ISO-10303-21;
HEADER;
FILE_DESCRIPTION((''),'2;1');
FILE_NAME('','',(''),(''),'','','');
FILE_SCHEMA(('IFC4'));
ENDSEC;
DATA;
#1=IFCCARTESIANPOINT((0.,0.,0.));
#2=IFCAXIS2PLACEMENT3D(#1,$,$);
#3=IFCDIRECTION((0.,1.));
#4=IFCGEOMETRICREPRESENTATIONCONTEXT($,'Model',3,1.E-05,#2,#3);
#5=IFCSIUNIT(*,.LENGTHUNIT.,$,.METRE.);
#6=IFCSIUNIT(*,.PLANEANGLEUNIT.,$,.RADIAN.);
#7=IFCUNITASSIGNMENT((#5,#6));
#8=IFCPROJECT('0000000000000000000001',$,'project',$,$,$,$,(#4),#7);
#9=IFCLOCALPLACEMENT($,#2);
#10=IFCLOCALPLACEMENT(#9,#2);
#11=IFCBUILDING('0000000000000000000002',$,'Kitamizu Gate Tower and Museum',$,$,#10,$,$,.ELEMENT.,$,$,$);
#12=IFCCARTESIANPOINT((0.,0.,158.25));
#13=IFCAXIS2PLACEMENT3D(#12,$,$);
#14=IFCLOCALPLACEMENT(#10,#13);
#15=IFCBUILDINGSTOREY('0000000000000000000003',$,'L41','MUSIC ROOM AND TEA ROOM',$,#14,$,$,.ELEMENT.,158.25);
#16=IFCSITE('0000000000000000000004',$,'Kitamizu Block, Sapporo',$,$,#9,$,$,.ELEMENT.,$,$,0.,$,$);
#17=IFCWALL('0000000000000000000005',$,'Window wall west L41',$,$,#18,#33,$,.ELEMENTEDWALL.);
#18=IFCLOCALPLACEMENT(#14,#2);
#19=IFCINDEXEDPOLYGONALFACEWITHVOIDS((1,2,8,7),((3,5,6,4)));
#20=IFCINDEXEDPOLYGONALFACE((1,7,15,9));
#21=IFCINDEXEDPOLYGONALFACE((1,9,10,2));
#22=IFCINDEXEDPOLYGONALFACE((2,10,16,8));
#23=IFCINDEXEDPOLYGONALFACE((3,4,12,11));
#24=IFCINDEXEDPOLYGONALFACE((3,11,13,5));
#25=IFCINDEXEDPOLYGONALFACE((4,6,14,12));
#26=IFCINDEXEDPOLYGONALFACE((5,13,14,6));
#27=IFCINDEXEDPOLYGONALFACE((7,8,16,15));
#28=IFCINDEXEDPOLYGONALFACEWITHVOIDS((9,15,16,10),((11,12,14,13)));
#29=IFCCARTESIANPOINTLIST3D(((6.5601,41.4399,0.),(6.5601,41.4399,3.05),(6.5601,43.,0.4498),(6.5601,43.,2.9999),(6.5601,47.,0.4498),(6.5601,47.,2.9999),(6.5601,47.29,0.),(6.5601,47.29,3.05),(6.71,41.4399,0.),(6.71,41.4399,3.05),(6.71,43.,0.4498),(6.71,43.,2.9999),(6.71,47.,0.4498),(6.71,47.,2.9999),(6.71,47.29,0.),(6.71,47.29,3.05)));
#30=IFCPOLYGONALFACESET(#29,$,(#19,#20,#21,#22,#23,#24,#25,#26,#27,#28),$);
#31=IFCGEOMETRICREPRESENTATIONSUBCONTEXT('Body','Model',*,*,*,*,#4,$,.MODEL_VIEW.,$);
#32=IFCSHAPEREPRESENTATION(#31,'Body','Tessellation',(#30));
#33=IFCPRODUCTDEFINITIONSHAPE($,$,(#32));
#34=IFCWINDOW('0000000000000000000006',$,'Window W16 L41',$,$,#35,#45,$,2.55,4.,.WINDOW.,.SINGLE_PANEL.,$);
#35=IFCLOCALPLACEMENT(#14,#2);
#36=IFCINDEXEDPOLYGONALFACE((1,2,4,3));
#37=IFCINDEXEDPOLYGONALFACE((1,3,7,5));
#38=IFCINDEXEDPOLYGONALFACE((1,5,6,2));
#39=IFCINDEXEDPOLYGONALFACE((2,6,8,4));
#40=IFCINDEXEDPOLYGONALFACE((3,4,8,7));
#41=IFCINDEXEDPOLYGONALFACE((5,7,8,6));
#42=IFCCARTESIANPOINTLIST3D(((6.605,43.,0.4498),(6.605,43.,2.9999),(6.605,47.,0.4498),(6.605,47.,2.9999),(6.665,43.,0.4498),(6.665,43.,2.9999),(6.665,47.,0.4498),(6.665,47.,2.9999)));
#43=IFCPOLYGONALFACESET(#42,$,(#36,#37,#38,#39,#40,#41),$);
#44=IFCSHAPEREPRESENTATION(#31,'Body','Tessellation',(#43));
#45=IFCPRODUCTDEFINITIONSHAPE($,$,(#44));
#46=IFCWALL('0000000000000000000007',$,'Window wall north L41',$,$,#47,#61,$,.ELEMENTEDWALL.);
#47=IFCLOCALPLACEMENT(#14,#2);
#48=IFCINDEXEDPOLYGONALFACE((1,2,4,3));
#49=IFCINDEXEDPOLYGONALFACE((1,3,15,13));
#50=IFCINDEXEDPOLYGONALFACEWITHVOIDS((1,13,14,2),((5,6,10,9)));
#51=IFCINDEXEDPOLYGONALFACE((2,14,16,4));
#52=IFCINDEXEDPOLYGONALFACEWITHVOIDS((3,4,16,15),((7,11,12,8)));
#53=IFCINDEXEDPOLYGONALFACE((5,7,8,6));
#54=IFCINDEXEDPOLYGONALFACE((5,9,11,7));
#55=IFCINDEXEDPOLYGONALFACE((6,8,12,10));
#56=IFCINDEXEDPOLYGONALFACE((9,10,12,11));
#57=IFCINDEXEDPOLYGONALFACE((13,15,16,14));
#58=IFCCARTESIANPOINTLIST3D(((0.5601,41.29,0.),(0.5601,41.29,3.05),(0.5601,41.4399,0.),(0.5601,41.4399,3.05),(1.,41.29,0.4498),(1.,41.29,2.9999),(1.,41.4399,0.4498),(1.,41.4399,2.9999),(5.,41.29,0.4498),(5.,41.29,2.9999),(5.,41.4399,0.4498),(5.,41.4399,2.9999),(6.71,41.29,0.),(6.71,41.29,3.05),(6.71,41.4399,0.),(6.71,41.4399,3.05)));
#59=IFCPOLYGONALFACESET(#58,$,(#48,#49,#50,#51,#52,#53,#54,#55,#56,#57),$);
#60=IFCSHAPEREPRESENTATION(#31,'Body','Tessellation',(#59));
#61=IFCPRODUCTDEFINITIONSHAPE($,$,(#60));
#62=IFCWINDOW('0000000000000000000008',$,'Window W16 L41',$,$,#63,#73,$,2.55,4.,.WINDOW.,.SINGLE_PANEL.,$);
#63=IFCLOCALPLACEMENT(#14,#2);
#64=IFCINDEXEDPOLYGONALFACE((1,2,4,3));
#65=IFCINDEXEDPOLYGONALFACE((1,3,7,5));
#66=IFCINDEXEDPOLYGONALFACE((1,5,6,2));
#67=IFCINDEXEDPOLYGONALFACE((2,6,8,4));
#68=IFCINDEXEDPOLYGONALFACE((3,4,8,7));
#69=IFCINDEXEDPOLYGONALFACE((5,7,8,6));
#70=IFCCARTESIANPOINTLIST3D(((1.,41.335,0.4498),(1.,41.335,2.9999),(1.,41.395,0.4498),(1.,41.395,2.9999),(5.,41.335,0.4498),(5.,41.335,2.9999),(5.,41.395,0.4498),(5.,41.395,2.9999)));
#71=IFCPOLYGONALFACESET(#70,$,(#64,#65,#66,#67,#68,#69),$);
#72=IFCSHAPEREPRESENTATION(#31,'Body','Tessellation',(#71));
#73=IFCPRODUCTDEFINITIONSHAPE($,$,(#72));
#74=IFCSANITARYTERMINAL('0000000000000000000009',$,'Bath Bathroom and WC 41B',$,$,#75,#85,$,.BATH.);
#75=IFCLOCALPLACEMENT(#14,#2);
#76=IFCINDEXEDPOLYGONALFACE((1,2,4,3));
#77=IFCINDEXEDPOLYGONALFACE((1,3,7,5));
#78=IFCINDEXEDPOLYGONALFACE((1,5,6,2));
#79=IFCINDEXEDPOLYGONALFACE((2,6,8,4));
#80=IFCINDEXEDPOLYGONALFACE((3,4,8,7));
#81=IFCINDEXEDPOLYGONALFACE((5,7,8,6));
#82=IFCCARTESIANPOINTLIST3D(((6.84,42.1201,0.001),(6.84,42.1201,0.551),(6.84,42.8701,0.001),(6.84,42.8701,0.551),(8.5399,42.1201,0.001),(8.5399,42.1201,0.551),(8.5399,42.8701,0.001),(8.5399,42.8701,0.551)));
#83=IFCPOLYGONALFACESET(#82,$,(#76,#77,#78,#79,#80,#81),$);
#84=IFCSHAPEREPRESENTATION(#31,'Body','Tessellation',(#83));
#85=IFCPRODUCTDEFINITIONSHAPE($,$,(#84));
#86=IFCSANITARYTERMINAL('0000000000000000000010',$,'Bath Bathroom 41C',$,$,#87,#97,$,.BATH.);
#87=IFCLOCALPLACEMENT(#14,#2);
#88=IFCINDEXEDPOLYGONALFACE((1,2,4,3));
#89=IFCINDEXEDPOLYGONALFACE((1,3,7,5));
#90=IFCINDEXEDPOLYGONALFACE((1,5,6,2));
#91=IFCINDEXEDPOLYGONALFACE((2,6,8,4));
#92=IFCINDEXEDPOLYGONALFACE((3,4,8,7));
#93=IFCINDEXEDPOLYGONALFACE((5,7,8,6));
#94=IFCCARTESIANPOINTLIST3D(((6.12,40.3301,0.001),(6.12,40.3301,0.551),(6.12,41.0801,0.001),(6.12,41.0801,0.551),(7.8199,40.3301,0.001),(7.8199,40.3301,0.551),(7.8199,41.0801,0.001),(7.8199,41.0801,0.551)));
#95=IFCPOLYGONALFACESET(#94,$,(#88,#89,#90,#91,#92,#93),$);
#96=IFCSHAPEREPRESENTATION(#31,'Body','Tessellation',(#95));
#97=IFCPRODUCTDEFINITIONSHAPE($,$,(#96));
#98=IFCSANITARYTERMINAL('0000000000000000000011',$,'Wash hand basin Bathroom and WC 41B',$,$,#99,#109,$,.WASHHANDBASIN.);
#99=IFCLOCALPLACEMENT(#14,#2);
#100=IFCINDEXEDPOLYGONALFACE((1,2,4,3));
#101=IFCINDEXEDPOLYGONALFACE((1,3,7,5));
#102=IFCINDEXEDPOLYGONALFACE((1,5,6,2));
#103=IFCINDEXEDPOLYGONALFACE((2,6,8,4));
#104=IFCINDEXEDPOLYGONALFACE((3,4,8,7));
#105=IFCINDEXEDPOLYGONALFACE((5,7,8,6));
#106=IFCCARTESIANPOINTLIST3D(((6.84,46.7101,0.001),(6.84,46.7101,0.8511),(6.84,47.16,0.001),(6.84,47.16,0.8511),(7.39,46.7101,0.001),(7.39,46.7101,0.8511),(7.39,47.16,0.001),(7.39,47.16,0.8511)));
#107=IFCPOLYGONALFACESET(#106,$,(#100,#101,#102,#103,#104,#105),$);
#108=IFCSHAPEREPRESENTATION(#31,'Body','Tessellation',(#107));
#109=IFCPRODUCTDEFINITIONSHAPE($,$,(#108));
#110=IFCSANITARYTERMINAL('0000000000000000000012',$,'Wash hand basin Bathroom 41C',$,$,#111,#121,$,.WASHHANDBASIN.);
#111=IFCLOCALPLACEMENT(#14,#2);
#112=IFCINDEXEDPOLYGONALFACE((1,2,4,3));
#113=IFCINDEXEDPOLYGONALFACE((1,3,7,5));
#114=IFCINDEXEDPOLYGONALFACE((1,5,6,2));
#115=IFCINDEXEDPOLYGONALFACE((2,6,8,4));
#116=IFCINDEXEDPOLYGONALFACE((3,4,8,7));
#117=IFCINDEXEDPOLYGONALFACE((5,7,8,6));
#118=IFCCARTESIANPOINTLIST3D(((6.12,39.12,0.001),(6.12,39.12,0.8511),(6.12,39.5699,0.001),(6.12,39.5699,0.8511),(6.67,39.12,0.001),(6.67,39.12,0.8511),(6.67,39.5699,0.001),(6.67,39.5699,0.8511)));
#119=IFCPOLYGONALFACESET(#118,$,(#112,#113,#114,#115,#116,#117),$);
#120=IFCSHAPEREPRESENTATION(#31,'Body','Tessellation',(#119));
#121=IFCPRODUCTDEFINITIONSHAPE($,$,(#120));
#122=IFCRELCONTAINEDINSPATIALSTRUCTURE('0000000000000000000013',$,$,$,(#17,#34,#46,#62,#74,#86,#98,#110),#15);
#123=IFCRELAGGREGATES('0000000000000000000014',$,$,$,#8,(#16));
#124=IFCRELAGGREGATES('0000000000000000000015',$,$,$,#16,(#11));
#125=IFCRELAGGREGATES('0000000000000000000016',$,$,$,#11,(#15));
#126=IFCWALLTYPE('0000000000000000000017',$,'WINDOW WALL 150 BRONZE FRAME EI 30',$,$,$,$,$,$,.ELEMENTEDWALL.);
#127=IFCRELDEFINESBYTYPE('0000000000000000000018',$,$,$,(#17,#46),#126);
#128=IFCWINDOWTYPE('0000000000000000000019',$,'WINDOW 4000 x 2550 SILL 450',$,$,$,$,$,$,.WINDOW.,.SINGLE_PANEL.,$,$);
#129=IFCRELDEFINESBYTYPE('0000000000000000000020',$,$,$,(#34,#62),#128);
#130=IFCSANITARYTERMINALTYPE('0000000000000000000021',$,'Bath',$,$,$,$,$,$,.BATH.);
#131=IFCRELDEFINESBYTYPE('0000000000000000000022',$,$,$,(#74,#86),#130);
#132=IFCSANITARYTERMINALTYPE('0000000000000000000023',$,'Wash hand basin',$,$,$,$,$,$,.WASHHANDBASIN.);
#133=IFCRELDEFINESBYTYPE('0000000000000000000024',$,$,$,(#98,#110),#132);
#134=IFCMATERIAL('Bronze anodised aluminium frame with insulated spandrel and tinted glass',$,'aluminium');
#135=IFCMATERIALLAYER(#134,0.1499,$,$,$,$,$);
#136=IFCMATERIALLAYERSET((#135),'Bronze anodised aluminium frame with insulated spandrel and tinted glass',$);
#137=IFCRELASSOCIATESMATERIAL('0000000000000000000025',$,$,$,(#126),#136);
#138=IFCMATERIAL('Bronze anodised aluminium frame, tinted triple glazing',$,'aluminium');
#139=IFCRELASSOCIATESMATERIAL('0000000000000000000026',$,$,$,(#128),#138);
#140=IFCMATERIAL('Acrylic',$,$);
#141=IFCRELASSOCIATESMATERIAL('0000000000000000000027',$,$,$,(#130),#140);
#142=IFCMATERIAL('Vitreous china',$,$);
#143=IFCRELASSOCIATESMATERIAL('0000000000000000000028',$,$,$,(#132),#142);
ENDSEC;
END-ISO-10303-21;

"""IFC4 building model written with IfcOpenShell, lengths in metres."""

from ifc_helpers import new_model, si_unit, direction, frame, frame_2d, origin, origin_2d, place, context, subcontext, project, spatial, rectangle, extrude, material, layer, layer_set, type_object, element, fill, save


model = new_model("IFC4")

# Units and contexts
model_context = context("Model", 3, precision=1e-05, world=origin(), true_north=direction((0.0, 1.0)))
body_context = subcontext(model_context, "Body", "Model", "MODEL_VIEW")
ifc_project = project(units=[si_unit("LENGTHUNIT", "METRE"), si_unit("PLANEANGLEUNIT", "RADIAN")], contexts=[model_context])

# Site, building, storey
site_placement = place(None, origin())
site = spatial("IfcSite", under=ifc_project, at=site_placement, Name="Kitamizu Block, Sapporo", CompositionType="ELEMENT", RefElevation=0.0)
building_placement = place(site_placement, origin())
building = spatial("IfcBuilding", under=site, at=building_placement, Name="Kitamizu Gate Tower and Museum", CompositionType="ELEMENT")
storey_placement = place(building_placement, frame((0.0, 0.0, 158.25)))
storey = spatial("IfcBuildingStorey", under=building, at=storey_placement, Name="L41", Description="MUSIC ROOM AND TEA ROOM", CompositionType="ELEMENT", Elevation=158.25)

# Shared definitions
ifc_material_1 = material(Name="Bronze anodised aluminium frame with insulated spandrel and tinted glass", Category="aluminium")
ifc_layer_1 = layer(ifc_material_1, 0.1499)
ifc_layer_set_1 = layer_set([ifc_layer_1], Name="Bronze anodised aluminium frame with insulated spandrel and tinted glass")
wall_type_1 = type_object("IfcWallType", Name="WINDOW WALL 150 BRONZE FRAME EI 30", PredefinedType="ELEMENTEDWALL", material=ifc_layer_set_1)

# Walls, openings, windows
wall_1_placement = place(storey_placement, frame((6.635, 41.4399, 0.0), z_axis=(0.0, 0.0, 1.0), x_axis=(0.0, 1.0, 0.0)))
wall_1 = element("IfcWall", 1, at=wall_1_placement, inside=storey, type_object=wall_type_1, Name="Window wall west L41", PredefinedType="ELEMENTEDWALL", context=body_context, shape_type="SweptSolid", body=[
    extrude(rectangle(XDim=5.8501, YDim=0.1499, at=frame_2d((2.925, 0.0))), origin(), (0.0, 0.0, 1.0), 3.05),
])
opening_1_placement = place(wall_1_placement, frame((1.5601, 0.0, 0.45)))
opening_1 = element("IfcOpeningElement", 2, at=opening_1_placement, cuts=wall_1, PredefinedType="OPENING", context=body_context, shape_type="SweptSolid", body=[
    extrude(rectangle(XDim=4.0, YDim=2.55, at=frame_2d((2.0, 1.2749))), frame((0.0, 0.085, 0.0), z_axis=(0.0, -1.0, 0.0), x_axis=(1.0, 0.0, 0.0)), (0.0, 0.0, 1.0), 0.1699),
])
ifc_material_2 = material(Name="Bronze anodised aluminium frame, tinted triple glazing", Category="aluminium")
window_type_1 = type_object("IfcWindowType", Name="WINDOW 4000 x 2550 SILL 450", PartitioningType="SINGLE_PANEL", PredefinedType="WINDOW", material=ifc_material_2)
window_1_placement = place(opening_1_placement, origin())
window_1 = element("IfcWindow", 3, at=window_1_placement, inside=storey, type_object=window_type_1, Name="Window W16 L41", OverallHeight=2.55, OverallWidth=4.0, PartitioningType="SINGLE_PANEL", PredefinedType="WINDOW", context=body_context, shape_type="SweptSolid", body=[
    extrude(rectangle(XDim=4.0, YDim=2.55, at=frame_2d((2.0, 1.2749))), frame((0.0, 0.03, 0.0), z_axis=(0.0, -1.0, 0.0), x_axis=(1.0, 0.0, 0.0)), (0.0, 0.0, 1.0), 0.0601),
])
fill(opening_1, window_1)
wall_2_placement = place(storey_placement, frame((0.5601, 41.365, 0.0), z_axis=(0.0, 0.0, 1.0), x_axis=(1.0, 0.0, 0.0)))
wall_2 = element("IfcWall", 4, at=wall_2_placement, inside=storey, type_object=wall_type_1, Name="Window wall north L41", PredefinedType="ELEMENTEDWALL", context=body_context, shape_type="SweptSolid", body=[
    extrude(rectangle(XDim=6.1499, YDim=0.1499, at=frame_2d((3.075, 0.0))), origin(), (0.0, 0.0, 1.0), 3.05),
])
opening_2_placement = place(wall_2_placement, frame((0.4399, 0.0, 0.45)))
opening_2 = element("IfcOpeningElement", 5, at=opening_2_placement, cuts=wall_2, PredefinedType="OPENING", context=body_context, shape_type="SweptSolid", body=[
    extrude(rectangle(XDim=4.0, YDim=2.55, at=frame_2d((2.0, 1.2749))), frame((0.0, 0.085, 0.0), z_axis=(0.0, -1.0, 0.0), x_axis=(1.0, 0.0, 0.0)), (0.0, 0.0, 1.0), 0.1699),
])
window_2_placement = place(opening_2_placement, origin())
window_2 = element("IfcWindow", 6, at=window_2_placement, inside=storey, type_object=window_type_1, Name="Window W16 L41", OverallHeight=2.55, OverallWidth=4.0, PartitioningType="SINGLE_PANEL", PredefinedType="WINDOW", context=body_context, shape_type="SweptSolid", body=[
    extrude(rectangle(XDim=4.0, YDim=2.55, at=frame_2d((2.0, 1.2749))), frame((0.0, 0.03, 0.0), z_axis=(0.0, -1.0, 0.0), x_axis=(1.0, 0.0, 0.0)), (0.0, 0.0, 1.0), 0.0601),
])
fill(opening_2, window_2)

# Sanitary terminals
ifc_material_3 = material(Name="Acrylic")
sanitary_terminal_type_1 = type_object("IfcSanitaryTerminalType", Name="Bath", PredefinedType="BATH", material=ifc_material_3)
for number, where, z_axis, x_axis, name in (
    (7, (7.6899, 42.4951, 0.001), (0.0, 0.0, 1.0), (1.0, 0.0, 0.0), "Bath Bathroom and WC 41B"),
    (8, (6.97, 40.7051, 0.001), (0.0, 0.0, 1.0), (1.0, 0.0, 0.0), "Bath Bathroom 41C"),
):
    element("IfcSanitaryTerminal", number, at=place(storey_placement, frame(where, z_axis=z_axis, x_axis=x_axis)), inside=storey, type_object=sanitary_terminal_type_1, Name=name, PredefinedType="BATH", context=body_context, shape_type="SweptSolid", body=[
        extrude(rectangle(XDim=1.7, YDim=0.75, at=origin_2d()), origin(), (0.0, 0.0, 1.0), 0.55),
    ])
ifc_material_4 = material(Name="Vitreous china")
sanitary_terminal_type_2 = type_object("IfcSanitaryTerminalType", Name="Wash hand basin", PredefinedType="WASHHANDBASIN", material=ifc_material_4)
for number, where, z_axis, x_axis, name in (
    (9, (7.115, 46.9351, 0.001), (0.0, 0.0, 1.0), (1.0, 0.0, 0.0), "Wash hand basin Bathroom and WC 41B"),
    (10, (6.395, 39.345, 0.001), (0.0, 0.0, 1.0), (1.0, 0.0, 0.0), "Wash hand basin Bathroom 41C"),
):
    element("IfcSanitaryTerminal", number, at=place(storey_placement, frame(where, z_axis=z_axis, x_axis=x_axis)), inside=storey, type_object=sanitary_terminal_type_2, Name=name, PredefinedType="WASHHANDBASIN", context=body_context, shape_type="SweptSolid", body=[
        extrude(rectangle(XDim=0.55, YDim=0.45, at=origin_2d()), origin(), (0.0, 0.0, 1.0), 0.8501),
    ])

save(model, "model.ifc")
